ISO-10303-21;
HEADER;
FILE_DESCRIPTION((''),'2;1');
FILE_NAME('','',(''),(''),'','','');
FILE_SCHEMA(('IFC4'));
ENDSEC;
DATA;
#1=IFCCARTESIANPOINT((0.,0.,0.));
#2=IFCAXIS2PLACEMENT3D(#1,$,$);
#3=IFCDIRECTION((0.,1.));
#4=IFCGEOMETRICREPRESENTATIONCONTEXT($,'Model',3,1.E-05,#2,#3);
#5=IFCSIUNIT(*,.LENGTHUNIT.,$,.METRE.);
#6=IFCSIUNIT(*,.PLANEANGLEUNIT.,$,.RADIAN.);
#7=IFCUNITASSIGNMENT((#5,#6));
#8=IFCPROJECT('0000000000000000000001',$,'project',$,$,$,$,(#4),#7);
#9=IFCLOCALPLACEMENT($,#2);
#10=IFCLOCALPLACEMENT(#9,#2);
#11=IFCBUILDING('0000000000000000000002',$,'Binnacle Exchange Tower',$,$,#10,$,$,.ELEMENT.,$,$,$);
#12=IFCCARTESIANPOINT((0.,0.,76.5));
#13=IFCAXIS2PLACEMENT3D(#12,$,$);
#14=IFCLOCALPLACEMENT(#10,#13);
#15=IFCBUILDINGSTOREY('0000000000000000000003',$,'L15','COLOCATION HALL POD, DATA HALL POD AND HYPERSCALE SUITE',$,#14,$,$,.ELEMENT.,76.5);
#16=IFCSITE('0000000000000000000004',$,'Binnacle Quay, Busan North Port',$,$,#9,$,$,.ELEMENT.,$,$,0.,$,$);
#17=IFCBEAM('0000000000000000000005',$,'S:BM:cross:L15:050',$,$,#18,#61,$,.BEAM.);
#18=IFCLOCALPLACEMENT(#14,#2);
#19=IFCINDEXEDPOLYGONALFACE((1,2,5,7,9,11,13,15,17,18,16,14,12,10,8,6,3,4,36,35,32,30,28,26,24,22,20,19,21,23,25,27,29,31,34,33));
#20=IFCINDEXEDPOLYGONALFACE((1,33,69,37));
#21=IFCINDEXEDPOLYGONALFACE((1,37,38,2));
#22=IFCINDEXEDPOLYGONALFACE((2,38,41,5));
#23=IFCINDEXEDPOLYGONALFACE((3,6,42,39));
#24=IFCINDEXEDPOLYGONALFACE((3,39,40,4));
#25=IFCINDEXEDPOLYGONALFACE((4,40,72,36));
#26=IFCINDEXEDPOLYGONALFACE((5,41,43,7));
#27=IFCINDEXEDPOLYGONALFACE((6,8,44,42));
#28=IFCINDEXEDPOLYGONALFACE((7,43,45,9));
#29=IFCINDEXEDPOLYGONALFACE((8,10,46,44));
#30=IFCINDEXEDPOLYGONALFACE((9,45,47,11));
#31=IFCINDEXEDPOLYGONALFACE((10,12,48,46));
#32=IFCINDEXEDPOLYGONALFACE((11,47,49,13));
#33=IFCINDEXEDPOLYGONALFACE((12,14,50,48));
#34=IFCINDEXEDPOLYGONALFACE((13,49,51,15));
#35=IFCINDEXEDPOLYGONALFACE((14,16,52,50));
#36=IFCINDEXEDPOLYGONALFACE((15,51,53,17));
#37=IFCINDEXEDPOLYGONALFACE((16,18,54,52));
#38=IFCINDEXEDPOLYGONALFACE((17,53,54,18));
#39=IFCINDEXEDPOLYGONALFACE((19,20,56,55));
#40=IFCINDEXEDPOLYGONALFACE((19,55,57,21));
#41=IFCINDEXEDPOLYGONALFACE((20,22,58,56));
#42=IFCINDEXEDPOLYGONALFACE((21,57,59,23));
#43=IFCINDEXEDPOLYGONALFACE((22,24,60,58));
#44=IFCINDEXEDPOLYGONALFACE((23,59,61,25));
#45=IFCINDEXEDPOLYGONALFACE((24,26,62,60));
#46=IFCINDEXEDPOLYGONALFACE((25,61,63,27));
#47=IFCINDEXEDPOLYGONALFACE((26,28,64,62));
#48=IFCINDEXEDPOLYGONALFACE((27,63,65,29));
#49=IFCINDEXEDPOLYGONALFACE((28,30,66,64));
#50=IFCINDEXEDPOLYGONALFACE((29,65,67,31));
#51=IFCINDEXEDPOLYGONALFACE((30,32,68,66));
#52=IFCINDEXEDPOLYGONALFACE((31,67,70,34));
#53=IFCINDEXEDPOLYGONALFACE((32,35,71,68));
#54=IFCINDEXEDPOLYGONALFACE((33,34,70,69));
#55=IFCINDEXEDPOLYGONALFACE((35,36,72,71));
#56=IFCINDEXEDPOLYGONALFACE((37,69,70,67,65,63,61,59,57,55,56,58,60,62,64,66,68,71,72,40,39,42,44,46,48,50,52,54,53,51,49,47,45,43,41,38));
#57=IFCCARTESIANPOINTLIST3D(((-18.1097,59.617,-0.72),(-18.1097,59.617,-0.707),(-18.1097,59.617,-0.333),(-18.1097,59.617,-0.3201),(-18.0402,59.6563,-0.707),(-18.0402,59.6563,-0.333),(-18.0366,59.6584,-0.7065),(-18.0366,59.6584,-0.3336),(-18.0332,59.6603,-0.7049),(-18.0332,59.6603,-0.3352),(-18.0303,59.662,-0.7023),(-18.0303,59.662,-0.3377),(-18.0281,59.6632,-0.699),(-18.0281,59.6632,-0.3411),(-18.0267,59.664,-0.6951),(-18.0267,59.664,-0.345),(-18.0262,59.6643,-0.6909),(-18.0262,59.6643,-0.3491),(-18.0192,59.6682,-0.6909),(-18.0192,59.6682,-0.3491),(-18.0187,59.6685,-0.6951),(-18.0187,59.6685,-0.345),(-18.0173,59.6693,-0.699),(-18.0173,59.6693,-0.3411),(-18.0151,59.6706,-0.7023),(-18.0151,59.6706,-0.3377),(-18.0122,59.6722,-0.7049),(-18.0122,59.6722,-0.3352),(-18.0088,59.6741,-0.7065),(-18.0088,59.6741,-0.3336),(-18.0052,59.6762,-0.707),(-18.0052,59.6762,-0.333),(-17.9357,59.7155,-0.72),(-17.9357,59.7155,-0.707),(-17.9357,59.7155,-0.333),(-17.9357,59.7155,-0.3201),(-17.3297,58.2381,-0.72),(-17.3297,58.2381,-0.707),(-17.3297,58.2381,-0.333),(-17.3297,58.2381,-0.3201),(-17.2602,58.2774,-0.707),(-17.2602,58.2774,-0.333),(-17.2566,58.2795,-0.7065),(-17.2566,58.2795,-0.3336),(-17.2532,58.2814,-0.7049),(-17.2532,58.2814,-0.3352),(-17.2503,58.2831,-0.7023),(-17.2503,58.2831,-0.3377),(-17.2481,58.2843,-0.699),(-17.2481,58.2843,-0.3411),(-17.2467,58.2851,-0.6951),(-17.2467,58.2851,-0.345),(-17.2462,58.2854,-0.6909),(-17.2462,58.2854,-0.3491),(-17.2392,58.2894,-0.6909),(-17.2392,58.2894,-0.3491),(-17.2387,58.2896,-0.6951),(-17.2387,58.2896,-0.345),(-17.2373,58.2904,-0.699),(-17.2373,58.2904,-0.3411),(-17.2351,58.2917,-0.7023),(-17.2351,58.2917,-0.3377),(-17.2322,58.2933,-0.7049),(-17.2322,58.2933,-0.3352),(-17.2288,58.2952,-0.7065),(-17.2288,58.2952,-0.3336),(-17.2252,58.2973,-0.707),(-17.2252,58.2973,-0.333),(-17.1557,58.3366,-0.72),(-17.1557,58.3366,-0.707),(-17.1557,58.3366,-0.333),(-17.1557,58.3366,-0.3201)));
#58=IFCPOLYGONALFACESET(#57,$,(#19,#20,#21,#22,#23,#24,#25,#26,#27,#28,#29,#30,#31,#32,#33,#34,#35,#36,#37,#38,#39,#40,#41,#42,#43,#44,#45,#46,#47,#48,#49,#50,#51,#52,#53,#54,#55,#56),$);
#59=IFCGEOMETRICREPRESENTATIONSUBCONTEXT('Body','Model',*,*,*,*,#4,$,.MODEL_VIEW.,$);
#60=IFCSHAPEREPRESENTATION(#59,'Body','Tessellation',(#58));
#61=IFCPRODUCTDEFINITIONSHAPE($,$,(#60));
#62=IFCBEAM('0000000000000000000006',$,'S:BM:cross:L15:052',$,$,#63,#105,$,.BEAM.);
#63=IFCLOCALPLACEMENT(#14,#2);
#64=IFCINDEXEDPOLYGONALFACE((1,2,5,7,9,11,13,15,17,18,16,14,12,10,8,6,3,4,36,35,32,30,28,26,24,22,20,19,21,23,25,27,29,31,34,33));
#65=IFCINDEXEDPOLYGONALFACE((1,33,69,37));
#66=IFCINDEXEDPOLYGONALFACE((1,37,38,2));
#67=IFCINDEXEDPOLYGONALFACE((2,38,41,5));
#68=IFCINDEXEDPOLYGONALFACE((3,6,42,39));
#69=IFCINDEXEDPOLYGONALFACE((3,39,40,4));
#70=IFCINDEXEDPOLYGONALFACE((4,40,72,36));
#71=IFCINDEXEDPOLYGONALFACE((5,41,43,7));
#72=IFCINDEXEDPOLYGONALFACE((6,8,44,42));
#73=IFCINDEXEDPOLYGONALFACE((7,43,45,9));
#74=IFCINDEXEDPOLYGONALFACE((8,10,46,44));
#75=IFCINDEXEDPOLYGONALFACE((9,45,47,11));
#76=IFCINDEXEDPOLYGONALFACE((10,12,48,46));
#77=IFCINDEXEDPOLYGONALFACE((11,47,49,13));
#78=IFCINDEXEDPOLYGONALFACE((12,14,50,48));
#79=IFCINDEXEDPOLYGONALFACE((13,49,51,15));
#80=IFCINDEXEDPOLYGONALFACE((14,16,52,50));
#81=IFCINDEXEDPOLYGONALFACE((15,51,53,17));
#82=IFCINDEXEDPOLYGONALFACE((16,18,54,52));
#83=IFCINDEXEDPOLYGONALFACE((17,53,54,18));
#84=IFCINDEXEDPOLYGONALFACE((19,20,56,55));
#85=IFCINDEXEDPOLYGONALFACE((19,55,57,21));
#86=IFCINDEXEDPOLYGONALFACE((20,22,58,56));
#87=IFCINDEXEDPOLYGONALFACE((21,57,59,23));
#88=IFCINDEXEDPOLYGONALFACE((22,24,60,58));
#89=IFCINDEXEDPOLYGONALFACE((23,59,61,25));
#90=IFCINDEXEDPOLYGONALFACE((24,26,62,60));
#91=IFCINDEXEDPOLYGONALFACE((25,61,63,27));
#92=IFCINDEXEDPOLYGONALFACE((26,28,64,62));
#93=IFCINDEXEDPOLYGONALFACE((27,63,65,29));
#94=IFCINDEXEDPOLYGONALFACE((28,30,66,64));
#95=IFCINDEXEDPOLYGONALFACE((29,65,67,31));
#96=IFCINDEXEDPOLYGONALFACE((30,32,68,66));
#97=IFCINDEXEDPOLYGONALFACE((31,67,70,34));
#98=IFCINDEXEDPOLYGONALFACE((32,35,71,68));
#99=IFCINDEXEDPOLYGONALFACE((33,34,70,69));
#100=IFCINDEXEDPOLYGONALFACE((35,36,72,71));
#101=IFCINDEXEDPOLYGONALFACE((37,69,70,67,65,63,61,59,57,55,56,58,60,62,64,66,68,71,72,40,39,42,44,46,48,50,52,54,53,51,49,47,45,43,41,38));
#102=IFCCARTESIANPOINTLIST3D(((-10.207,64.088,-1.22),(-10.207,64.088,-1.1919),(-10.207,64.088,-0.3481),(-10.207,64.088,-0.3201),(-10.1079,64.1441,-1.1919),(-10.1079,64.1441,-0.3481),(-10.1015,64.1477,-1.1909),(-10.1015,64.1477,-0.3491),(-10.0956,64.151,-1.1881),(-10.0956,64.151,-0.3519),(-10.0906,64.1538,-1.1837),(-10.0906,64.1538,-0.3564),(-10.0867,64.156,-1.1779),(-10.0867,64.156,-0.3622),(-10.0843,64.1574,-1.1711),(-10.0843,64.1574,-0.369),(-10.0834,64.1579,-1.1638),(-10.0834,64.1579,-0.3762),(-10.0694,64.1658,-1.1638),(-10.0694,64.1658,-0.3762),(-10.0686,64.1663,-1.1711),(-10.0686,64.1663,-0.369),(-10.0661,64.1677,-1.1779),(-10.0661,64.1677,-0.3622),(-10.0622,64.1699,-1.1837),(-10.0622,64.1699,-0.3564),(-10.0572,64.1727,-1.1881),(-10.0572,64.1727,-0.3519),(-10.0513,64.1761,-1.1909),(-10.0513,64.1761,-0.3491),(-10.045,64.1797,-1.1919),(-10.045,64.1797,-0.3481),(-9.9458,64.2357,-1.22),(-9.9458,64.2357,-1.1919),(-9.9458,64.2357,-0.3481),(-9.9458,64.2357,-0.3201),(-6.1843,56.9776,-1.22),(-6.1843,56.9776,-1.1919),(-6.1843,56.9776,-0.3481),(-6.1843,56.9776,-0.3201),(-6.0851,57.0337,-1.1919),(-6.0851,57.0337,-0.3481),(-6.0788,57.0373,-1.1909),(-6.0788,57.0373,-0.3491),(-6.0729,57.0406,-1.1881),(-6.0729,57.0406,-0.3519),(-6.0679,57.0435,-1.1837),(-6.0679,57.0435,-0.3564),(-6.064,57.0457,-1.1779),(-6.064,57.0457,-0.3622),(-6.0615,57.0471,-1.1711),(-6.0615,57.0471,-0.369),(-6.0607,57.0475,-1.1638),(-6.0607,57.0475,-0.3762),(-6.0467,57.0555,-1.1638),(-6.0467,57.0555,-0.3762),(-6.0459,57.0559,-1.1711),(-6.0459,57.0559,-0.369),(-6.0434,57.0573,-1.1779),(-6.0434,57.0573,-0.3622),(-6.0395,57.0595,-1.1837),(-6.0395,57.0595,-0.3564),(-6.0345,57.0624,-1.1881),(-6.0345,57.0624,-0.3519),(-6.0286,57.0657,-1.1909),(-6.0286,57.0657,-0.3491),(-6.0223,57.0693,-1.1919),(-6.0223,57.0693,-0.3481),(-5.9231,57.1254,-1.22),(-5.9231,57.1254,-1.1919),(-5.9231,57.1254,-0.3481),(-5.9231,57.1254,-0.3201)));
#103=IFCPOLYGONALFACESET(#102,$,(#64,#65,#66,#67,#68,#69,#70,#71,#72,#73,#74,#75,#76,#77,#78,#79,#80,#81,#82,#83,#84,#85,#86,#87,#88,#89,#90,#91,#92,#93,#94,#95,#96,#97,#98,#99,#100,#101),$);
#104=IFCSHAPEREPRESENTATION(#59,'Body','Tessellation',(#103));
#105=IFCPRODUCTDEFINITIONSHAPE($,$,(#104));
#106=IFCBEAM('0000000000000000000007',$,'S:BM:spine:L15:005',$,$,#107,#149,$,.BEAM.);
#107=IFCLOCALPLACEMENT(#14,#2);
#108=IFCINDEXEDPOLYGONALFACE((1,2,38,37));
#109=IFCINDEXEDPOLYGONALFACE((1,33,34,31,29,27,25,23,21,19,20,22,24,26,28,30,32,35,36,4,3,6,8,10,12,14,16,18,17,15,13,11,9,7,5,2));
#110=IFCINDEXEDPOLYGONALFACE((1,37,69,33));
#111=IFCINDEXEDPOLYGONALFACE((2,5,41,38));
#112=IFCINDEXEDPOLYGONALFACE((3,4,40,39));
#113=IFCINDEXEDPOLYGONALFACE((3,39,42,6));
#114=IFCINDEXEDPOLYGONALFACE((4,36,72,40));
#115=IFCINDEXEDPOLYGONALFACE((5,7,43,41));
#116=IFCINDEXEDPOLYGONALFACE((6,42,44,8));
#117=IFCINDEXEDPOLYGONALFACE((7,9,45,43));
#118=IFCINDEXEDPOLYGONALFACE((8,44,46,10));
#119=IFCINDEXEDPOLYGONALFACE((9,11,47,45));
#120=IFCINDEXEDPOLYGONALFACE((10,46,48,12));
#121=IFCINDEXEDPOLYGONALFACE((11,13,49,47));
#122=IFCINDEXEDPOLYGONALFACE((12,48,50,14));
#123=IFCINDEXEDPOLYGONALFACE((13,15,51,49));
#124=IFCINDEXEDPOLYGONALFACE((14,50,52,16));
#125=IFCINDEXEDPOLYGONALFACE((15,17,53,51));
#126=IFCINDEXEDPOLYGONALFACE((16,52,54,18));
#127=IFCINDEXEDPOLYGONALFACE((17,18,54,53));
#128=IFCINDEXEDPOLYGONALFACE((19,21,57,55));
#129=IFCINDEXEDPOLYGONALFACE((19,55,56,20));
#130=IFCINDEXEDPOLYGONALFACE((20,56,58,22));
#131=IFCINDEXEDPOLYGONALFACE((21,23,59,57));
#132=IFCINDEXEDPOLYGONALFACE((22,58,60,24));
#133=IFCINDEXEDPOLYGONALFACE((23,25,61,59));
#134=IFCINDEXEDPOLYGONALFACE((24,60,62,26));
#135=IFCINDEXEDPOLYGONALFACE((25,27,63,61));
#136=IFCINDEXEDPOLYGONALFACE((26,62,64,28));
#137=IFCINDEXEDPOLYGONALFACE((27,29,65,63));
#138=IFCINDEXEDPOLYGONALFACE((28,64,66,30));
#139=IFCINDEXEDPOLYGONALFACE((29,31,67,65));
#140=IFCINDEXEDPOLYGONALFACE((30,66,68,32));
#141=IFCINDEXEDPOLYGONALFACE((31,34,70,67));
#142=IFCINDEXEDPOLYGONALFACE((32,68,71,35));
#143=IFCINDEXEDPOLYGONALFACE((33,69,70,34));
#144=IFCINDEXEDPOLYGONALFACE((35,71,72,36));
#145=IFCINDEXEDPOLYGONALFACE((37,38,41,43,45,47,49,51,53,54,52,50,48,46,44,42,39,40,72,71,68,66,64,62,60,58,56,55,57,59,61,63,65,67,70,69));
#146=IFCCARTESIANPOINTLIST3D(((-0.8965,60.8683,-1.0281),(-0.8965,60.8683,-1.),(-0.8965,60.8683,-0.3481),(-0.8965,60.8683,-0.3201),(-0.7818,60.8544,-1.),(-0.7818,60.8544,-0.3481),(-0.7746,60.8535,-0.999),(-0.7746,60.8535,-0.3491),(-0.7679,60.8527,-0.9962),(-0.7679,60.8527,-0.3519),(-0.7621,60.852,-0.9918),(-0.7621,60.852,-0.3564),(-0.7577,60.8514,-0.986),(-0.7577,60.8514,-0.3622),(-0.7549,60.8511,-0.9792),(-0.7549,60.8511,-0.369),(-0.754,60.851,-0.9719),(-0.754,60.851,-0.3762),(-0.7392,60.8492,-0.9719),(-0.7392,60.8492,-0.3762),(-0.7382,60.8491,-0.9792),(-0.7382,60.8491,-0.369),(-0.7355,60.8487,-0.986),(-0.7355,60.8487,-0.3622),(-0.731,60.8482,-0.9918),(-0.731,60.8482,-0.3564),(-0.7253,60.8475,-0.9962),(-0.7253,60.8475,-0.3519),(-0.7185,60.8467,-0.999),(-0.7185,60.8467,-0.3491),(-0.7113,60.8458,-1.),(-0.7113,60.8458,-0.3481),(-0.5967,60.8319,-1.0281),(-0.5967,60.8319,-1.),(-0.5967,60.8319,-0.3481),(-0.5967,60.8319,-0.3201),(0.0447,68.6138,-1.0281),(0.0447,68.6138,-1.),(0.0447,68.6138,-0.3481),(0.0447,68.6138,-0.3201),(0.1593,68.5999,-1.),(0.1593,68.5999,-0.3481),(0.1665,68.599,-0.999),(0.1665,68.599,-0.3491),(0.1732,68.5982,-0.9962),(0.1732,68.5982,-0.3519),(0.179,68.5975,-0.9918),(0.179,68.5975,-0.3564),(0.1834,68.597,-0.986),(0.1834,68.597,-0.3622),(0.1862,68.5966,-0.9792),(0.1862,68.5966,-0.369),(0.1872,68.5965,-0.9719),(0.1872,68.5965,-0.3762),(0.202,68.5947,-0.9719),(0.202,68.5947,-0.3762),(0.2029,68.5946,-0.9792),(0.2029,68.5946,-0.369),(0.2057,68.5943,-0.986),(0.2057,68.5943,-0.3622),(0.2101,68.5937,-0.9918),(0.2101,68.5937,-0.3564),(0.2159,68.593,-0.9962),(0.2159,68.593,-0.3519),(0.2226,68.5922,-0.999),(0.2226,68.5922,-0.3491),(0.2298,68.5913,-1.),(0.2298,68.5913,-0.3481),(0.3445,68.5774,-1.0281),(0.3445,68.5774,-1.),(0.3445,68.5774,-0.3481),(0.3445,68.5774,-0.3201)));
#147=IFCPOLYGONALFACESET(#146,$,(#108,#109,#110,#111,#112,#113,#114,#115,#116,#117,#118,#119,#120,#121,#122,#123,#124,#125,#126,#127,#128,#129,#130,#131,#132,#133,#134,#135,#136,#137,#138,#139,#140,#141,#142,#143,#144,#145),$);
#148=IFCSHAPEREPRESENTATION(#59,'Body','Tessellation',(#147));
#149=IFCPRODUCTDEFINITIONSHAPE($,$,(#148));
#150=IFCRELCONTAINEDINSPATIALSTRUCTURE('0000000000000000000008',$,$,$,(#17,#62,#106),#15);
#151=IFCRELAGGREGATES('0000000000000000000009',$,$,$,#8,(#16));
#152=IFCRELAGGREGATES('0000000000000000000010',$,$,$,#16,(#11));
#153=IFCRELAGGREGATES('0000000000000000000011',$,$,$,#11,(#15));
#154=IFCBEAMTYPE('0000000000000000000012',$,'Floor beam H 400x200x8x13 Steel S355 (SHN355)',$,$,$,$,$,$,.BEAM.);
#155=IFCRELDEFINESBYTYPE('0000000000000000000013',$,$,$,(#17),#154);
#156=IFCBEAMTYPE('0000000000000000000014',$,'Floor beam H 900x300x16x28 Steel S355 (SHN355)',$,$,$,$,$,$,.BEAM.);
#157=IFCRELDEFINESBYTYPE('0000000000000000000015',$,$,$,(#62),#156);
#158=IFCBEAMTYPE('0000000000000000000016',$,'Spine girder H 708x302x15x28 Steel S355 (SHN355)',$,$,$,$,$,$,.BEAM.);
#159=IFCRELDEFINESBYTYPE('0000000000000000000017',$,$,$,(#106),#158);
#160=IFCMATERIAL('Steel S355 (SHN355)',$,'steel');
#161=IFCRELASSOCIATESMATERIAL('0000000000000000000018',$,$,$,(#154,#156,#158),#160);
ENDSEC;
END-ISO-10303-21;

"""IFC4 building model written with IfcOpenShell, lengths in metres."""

from ifc_helpers import new_model, si_unit, direction, frame, origin, origin_2d, place, context, subcontext, project, spatial, i_section, extrude, material, material_profile, profile_set, type_object, element, save


model = new_model("IFC4")

# Units and contexts
model_context = context("Model", 3, precision=1e-05, world=origin(), true_north=direction((0.0, 1.0)))
body_context = subcontext(model_context, "Body", "Model", "MODEL_VIEW")
ifc_project = project(units=[si_unit("LENGTHUNIT", "METRE"), si_unit("PLANEANGLEUNIT", "RADIAN")], contexts=[model_context])

# Site, building, storey
site_placement = place(None, origin())
site = spatial("IfcSite", under=ifc_project, at=site_placement, Name="Binnacle Quay, Busan North Port", CompositionType="ELEMENT", RefElevation=0.0)
building_placement = place(site_placement, origin())
building = spatial("IfcBuilding", under=site, at=building_placement, Name="Binnacle Exchange Tower", CompositionType="ELEMENT")
storey_placement = place(building_placement, frame((0.0, 0.0, 76.5)))
storey = spatial("IfcBuildingStorey", under=building, at=storey_placement, Name="L15", Description="COLOCATION HALL POD, DATA HALL POD AND HYPERSCALE SUITE", CompositionType="ELEMENT", Elevation=76.5)

# Beams
ifc_material_1 = material(Name="Steel S355 (SHN355)", Category="steel")
ifc_material_profile_1 = material_profile(ifc_material_1, i_section(OverallWidth=0.2, OverallDepth=0.3999, WebThickness=0.0081, FlangeThickness=0.0129, FilletRadius=0.0161, at=origin_2d()), Name="H 400x200x8x13")
ifc_profile_set_1 = profile_set([ifc_material_profile_1], Name="Steel S355 (SHN355)")
beam_type_1 = type_object("IfcBeamType", Name="Floor beam H 400x200x8x13 Steel S355 (SHN355)", PredefinedType="BEAM", material=ifc_profile_set_1)
beam_1_placement = place(storey_placement, frame((-18.0227, 59.6663, -0.52), z_axis=(0.492367, -0.870388, 0.0), x_axis=(0.870388, 0.492367, 0.0)))
element("IfcBeam", 1, at=beam_1_placement, inside=storey, type_object=beam_type_1, Name="S:BM:cross:L15:050", PredefinedType="BEAM", context=body_context, shape_type="SweptSolid", body=[
    extrude(i_section(OverallWidth=0.2, OverallDepth=0.3999, WebThickness=0.0081, FlangeThickness=0.0129, FilletRadius=0.0161, at=origin_2d()), origin(), (0.0, 0.0, 1.0), 1.5842),
])
ifc_material_profile_2 = material_profile(ifc_material_1, i_section(OverallWidth=0.3, OverallDepth=0.8999, WebThickness=0.0161, FlangeThickness=0.0281, FilletRadius=0.0281, at=origin_2d()), Name="H 900x300x16x28")
ifc_profile_set_2 = profile_set([ifc_material_profile_2], Name="Steel S355 (SHN355)")
beam_type_2 = type_object("IfcBeamType", Name="Floor beam H 900x300x16x28 Steel S355 (SHN355)", PredefinedType="BEAM", material=ifc_profile_set_2)
beam_2_placement = place(storey_placement, frame((-10.0764, 64.1619, -0.77), z_axis=(0.492411, -0.870363, 0.0), x_axis=(0.870363, 0.492411, 0.0)))
element("IfcBeam", 2, at=beam_2_placement, inside=storey, type_object=beam_type_2, Name="S:BM:cross:L15:052", PredefinedType="BEAM", context=body_context, shape_type="SweptSolid", body=[
    extrude(i_section(OverallWidth=0.3, OverallDepth=0.8999, WebThickness=0.0161, FlangeThickness=0.0281, FilletRadius=0.0281, at=origin_2d()), origin(), (0.0, 0.0, 1.0), 8.1694),
])
ifc_material_profile_3 = material_profile(ifc_material_1, i_section(OverallWidth=0.302, OverallDepth=0.708, WebThickness=0.0149, FlangeThickness=0.0281, FilletRadius=0.0281, at=origin_2d()), Name="H 708x302x15x28")
ifc_profile_set_3 = profile_set([ifc_material_profile_3], Name="Steel S355 (SHN355)")
beam_type_3 = type_object("IfcBeamType", Name="Spine girder H 708x302x15x28 Steel S355 (SHN355)", PredefinedType="BEAM", material=ifc_profile_set_3)
beam_3_placement = place(storey_placement, frame((-0.7466, 60.8501, -0.6741), z_axis=(0.120622, 0.992699, 0.0), x_axis=(-0.992699, 0.120622, 0.0)))
element("IfcBeam", 3, at=beam_3_placement, inside=storey, type_object=beam_type_3, Name="S:BM:spine:L15:005", PredefinedType="BEAM", context=body_context, shape_type="SweptSolid", body=[
    extrude(i_section(OverallWidth=0.302, OverallDepth=0.708, WebThickness=0.0149, FlangeThickness=0.0281, FilletRadius=0.0281, at=origin_2d()), origin(), (0.0, 0.0, 1.0), 7.8025),
])

save(model, "model.ifc")
